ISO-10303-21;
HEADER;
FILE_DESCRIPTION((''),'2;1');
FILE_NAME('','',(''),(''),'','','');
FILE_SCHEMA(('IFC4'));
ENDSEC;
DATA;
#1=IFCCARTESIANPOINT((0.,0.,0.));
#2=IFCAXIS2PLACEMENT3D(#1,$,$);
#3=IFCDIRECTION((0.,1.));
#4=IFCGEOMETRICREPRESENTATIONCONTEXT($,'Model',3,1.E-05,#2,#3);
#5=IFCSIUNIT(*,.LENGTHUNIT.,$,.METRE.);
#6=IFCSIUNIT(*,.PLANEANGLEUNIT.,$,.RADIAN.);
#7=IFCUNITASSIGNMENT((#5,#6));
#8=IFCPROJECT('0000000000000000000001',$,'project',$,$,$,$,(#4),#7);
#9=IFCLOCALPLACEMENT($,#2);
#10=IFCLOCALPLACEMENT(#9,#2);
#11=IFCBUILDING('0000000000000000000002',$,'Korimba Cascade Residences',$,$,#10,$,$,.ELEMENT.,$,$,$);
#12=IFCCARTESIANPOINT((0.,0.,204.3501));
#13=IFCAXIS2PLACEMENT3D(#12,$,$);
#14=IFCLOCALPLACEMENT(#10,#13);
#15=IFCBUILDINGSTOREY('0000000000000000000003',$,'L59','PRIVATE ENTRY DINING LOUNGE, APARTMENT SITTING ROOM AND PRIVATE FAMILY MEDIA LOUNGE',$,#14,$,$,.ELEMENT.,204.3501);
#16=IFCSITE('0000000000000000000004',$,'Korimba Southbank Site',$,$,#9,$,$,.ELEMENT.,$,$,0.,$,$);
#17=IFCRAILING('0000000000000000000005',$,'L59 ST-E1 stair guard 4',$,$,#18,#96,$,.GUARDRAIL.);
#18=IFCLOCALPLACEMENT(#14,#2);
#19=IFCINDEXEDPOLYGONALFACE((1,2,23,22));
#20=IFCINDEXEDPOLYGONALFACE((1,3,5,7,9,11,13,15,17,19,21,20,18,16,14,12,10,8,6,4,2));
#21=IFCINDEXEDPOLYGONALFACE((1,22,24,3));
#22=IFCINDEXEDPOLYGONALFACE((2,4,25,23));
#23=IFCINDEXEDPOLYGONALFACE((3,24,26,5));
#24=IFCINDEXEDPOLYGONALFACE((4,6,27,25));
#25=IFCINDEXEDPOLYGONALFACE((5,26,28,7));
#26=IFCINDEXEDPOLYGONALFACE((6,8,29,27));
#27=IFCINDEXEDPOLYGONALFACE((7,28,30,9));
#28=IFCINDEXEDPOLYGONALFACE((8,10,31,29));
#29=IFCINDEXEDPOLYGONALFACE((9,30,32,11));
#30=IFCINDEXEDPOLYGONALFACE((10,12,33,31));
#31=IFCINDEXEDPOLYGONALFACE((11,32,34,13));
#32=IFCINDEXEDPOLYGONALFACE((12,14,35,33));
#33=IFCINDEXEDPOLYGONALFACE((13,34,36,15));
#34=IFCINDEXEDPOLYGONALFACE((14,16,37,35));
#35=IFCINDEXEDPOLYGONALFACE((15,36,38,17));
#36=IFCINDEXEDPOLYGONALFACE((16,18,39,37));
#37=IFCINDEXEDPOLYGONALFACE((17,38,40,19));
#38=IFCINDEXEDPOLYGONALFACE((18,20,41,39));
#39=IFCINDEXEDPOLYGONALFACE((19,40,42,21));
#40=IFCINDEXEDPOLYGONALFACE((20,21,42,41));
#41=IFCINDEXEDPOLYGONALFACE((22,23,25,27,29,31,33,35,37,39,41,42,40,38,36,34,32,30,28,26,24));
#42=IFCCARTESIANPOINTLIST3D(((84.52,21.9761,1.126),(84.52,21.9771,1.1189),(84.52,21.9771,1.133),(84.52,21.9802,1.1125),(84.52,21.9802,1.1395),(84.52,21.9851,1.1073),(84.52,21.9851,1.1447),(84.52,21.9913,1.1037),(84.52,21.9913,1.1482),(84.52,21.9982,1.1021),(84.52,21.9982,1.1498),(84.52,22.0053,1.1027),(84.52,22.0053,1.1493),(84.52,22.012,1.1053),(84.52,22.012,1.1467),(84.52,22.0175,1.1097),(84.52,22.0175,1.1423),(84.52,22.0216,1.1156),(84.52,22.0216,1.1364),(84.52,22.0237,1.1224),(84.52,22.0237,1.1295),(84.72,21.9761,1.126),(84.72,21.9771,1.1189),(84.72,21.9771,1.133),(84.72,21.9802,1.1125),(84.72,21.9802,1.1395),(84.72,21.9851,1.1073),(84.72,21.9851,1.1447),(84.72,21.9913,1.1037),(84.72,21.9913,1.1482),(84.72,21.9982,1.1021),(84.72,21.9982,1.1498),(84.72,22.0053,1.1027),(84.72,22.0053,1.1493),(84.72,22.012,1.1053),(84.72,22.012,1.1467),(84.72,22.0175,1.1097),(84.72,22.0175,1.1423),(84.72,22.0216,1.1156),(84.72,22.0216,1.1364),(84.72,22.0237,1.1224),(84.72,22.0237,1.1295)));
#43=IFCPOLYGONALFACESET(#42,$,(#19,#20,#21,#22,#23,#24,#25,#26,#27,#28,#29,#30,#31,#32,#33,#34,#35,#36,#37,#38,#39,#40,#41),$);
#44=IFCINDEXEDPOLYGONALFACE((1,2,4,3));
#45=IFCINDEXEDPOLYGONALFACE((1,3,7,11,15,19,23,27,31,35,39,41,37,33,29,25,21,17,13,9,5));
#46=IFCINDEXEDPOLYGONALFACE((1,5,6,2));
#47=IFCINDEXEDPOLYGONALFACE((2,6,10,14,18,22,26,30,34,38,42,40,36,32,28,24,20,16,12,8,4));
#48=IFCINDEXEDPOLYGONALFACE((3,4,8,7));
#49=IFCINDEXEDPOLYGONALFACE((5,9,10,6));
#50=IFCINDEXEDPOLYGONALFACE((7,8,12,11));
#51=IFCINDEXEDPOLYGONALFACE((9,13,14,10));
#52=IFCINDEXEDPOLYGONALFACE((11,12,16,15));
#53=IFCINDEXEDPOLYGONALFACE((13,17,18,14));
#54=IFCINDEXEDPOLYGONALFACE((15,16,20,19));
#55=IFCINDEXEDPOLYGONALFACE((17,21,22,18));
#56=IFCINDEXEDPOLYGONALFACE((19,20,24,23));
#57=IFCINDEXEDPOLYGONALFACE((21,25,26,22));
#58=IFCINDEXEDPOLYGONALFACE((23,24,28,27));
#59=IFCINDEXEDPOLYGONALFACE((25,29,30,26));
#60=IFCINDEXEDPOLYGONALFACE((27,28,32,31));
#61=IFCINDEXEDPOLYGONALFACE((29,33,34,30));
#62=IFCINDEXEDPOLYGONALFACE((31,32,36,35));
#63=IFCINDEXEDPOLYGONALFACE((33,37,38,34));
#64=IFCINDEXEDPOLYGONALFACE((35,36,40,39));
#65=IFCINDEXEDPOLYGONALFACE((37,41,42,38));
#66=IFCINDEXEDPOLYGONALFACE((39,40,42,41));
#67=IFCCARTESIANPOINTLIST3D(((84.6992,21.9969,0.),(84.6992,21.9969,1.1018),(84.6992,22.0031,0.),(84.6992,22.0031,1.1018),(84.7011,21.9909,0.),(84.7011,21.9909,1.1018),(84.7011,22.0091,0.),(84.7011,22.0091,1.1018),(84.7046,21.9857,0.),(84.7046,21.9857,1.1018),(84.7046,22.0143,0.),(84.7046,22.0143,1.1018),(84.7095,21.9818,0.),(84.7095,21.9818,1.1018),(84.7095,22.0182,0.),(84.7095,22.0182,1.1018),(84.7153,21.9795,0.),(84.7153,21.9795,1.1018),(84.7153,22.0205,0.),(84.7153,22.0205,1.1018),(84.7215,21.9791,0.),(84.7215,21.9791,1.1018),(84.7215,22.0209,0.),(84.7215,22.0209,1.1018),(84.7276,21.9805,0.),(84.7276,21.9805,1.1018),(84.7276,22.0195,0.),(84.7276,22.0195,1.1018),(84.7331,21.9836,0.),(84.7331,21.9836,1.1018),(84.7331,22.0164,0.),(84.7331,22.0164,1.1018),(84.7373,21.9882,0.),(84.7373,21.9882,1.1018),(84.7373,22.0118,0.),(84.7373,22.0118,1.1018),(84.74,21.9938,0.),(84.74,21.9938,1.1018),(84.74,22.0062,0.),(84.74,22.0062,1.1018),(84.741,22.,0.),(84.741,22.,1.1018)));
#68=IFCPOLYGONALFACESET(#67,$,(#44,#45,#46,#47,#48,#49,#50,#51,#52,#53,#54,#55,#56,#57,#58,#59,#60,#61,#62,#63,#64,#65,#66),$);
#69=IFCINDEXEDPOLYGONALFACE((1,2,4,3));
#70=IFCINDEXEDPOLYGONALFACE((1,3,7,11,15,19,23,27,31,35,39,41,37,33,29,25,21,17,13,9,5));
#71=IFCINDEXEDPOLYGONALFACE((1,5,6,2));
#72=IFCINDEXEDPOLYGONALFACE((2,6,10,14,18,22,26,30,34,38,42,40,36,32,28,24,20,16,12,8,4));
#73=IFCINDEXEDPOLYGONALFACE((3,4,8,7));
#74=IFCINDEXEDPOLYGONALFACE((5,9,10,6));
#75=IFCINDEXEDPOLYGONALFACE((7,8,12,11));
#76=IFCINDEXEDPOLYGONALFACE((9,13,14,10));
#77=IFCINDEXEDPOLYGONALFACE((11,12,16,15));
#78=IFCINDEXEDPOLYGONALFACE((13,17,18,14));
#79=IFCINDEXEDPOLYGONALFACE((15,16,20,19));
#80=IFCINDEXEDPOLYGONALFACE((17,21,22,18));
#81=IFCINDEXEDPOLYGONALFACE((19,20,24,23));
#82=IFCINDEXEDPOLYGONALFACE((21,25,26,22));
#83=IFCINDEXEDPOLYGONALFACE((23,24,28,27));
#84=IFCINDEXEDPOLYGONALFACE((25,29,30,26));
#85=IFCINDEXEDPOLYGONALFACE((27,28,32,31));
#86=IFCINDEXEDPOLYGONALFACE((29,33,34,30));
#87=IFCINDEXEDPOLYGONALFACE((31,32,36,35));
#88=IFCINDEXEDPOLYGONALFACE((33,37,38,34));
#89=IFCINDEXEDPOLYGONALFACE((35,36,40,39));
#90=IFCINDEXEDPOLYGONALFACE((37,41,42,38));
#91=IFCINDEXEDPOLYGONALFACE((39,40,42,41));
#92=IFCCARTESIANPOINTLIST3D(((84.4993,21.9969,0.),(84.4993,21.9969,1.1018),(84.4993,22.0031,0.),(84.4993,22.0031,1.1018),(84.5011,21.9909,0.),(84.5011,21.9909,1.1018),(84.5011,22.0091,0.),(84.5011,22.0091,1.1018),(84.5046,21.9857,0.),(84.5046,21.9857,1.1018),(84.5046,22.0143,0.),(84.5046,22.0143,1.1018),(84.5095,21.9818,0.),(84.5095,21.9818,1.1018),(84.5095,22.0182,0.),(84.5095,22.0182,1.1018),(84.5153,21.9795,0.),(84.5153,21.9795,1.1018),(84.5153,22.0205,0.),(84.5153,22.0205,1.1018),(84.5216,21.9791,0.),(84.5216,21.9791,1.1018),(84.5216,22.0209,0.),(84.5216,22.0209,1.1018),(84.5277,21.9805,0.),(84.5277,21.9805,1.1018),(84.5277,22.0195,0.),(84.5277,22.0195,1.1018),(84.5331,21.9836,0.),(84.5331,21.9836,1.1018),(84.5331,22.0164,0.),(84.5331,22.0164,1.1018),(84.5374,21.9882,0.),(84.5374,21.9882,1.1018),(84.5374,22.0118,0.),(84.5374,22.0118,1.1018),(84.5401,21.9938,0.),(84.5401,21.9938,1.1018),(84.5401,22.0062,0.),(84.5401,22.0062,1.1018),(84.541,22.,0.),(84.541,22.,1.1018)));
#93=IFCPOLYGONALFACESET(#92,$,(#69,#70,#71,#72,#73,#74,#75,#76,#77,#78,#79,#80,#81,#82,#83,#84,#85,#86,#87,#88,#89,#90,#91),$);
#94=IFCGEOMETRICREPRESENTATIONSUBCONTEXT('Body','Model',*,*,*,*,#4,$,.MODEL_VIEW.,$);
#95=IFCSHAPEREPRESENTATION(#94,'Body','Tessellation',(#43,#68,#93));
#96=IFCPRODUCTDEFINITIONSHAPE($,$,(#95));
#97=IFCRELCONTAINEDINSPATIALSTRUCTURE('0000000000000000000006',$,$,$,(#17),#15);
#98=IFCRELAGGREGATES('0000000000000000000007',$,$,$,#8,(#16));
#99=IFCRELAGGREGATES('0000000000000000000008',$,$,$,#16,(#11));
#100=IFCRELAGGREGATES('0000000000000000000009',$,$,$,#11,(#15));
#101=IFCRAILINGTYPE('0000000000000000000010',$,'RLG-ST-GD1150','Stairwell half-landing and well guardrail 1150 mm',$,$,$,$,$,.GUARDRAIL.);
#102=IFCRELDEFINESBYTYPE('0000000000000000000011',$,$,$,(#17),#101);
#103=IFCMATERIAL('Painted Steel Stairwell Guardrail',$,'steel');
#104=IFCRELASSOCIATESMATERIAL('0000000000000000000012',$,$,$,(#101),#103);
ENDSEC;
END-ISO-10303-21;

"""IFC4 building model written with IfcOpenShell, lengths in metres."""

from ifc_helpers import new_model, si_unit, direction, frame, origin, origin_2d, place, context, subcontext, project, spatial, circle, extrude, material, type_object, element, save


model = new_model("IFC4")

# Units and contexts
model_context = context("Model", 3, precision=1e-05, world=origin(), true_north=direction((0.0, 1.0)))
body_context = subcontext(model_context, "Body", "Model", "MODEL_VIEW")
ifc_project = project(units=[si_unit("LENGTHUNIT", "METRE"), si_unit("PLANEANGLEUNIT", "RADIAN")], contexts=[model_context])

# Site, building, storey
site_placement = place(None, origin())
site = spatial("IfcSite", under=ifc_project, at=site_placement, Name="Korimba Southbank Site", CompositionType="ELEMENT", RefElevation=0.0)
building_placement = place(site_placement, origin())
building = spatial("IfcBuilding", under=site, at=building_placement, Name="Korimba Cascade Residences", CompositionType="ELEMENT")
storey_placement = place(building_placement, frame((0.0, 0.0, 204.3501)))
storey = spatial("IfcBuildingStorey", under=building, at=storey_placement, Name="L59", Description="PRIVATE ENTRY DINING LOUNGE, APARTMENT SITTING ROOM AND PRIVATE FAMILY MEDIA LOUNGE", CompositionType="ELEMENT", Elevation=204.3501)

# Railing
ifc_material_1 = material(Name="Painted Steel Stairwell Guardrail", Category="steel")
railing_type_1 = type_object("IfcRailingType", Name="RLG-ST-GD1150", Description="Stairwell half-landing and well guardrail 1150 mm", PredefinedType="GUARDRAIL", material=ifc_material_1)
railing_1_placement = place(storey_placement, frame((84.72, 22.0, 0.0)))
element("IfcRailing", 1, at=railing_1_placement, inside=storey, type_object=railing_type_1, Name="L59 ST-E1 stair guard 4", PredefinedType="GUARDRAIL", context=body_context, shape_type="SweptSolid", body=[
    extrude(circle(Radius=0.0239, at=origin_2d()), frame((0.0, 0.0, 1.126), z_axis=(-1.0, 0.0, 0.0), x_axis=(0.0, -1.0, 0.0)), (0.0, 0.0, 1.0), 0.2),
    extrude(circle(Radius=0.021, at=origin_2d()), origin(), (0.0, 0.0, 1.0), 1.1018),
    extrude(circle(Radius=0.021, at=origin_2d()), frame((-0.2, 0.0, 0.0)), (0.0, 0.0, 1.0), 1.1018),
])

save(model, "model.ifc")
